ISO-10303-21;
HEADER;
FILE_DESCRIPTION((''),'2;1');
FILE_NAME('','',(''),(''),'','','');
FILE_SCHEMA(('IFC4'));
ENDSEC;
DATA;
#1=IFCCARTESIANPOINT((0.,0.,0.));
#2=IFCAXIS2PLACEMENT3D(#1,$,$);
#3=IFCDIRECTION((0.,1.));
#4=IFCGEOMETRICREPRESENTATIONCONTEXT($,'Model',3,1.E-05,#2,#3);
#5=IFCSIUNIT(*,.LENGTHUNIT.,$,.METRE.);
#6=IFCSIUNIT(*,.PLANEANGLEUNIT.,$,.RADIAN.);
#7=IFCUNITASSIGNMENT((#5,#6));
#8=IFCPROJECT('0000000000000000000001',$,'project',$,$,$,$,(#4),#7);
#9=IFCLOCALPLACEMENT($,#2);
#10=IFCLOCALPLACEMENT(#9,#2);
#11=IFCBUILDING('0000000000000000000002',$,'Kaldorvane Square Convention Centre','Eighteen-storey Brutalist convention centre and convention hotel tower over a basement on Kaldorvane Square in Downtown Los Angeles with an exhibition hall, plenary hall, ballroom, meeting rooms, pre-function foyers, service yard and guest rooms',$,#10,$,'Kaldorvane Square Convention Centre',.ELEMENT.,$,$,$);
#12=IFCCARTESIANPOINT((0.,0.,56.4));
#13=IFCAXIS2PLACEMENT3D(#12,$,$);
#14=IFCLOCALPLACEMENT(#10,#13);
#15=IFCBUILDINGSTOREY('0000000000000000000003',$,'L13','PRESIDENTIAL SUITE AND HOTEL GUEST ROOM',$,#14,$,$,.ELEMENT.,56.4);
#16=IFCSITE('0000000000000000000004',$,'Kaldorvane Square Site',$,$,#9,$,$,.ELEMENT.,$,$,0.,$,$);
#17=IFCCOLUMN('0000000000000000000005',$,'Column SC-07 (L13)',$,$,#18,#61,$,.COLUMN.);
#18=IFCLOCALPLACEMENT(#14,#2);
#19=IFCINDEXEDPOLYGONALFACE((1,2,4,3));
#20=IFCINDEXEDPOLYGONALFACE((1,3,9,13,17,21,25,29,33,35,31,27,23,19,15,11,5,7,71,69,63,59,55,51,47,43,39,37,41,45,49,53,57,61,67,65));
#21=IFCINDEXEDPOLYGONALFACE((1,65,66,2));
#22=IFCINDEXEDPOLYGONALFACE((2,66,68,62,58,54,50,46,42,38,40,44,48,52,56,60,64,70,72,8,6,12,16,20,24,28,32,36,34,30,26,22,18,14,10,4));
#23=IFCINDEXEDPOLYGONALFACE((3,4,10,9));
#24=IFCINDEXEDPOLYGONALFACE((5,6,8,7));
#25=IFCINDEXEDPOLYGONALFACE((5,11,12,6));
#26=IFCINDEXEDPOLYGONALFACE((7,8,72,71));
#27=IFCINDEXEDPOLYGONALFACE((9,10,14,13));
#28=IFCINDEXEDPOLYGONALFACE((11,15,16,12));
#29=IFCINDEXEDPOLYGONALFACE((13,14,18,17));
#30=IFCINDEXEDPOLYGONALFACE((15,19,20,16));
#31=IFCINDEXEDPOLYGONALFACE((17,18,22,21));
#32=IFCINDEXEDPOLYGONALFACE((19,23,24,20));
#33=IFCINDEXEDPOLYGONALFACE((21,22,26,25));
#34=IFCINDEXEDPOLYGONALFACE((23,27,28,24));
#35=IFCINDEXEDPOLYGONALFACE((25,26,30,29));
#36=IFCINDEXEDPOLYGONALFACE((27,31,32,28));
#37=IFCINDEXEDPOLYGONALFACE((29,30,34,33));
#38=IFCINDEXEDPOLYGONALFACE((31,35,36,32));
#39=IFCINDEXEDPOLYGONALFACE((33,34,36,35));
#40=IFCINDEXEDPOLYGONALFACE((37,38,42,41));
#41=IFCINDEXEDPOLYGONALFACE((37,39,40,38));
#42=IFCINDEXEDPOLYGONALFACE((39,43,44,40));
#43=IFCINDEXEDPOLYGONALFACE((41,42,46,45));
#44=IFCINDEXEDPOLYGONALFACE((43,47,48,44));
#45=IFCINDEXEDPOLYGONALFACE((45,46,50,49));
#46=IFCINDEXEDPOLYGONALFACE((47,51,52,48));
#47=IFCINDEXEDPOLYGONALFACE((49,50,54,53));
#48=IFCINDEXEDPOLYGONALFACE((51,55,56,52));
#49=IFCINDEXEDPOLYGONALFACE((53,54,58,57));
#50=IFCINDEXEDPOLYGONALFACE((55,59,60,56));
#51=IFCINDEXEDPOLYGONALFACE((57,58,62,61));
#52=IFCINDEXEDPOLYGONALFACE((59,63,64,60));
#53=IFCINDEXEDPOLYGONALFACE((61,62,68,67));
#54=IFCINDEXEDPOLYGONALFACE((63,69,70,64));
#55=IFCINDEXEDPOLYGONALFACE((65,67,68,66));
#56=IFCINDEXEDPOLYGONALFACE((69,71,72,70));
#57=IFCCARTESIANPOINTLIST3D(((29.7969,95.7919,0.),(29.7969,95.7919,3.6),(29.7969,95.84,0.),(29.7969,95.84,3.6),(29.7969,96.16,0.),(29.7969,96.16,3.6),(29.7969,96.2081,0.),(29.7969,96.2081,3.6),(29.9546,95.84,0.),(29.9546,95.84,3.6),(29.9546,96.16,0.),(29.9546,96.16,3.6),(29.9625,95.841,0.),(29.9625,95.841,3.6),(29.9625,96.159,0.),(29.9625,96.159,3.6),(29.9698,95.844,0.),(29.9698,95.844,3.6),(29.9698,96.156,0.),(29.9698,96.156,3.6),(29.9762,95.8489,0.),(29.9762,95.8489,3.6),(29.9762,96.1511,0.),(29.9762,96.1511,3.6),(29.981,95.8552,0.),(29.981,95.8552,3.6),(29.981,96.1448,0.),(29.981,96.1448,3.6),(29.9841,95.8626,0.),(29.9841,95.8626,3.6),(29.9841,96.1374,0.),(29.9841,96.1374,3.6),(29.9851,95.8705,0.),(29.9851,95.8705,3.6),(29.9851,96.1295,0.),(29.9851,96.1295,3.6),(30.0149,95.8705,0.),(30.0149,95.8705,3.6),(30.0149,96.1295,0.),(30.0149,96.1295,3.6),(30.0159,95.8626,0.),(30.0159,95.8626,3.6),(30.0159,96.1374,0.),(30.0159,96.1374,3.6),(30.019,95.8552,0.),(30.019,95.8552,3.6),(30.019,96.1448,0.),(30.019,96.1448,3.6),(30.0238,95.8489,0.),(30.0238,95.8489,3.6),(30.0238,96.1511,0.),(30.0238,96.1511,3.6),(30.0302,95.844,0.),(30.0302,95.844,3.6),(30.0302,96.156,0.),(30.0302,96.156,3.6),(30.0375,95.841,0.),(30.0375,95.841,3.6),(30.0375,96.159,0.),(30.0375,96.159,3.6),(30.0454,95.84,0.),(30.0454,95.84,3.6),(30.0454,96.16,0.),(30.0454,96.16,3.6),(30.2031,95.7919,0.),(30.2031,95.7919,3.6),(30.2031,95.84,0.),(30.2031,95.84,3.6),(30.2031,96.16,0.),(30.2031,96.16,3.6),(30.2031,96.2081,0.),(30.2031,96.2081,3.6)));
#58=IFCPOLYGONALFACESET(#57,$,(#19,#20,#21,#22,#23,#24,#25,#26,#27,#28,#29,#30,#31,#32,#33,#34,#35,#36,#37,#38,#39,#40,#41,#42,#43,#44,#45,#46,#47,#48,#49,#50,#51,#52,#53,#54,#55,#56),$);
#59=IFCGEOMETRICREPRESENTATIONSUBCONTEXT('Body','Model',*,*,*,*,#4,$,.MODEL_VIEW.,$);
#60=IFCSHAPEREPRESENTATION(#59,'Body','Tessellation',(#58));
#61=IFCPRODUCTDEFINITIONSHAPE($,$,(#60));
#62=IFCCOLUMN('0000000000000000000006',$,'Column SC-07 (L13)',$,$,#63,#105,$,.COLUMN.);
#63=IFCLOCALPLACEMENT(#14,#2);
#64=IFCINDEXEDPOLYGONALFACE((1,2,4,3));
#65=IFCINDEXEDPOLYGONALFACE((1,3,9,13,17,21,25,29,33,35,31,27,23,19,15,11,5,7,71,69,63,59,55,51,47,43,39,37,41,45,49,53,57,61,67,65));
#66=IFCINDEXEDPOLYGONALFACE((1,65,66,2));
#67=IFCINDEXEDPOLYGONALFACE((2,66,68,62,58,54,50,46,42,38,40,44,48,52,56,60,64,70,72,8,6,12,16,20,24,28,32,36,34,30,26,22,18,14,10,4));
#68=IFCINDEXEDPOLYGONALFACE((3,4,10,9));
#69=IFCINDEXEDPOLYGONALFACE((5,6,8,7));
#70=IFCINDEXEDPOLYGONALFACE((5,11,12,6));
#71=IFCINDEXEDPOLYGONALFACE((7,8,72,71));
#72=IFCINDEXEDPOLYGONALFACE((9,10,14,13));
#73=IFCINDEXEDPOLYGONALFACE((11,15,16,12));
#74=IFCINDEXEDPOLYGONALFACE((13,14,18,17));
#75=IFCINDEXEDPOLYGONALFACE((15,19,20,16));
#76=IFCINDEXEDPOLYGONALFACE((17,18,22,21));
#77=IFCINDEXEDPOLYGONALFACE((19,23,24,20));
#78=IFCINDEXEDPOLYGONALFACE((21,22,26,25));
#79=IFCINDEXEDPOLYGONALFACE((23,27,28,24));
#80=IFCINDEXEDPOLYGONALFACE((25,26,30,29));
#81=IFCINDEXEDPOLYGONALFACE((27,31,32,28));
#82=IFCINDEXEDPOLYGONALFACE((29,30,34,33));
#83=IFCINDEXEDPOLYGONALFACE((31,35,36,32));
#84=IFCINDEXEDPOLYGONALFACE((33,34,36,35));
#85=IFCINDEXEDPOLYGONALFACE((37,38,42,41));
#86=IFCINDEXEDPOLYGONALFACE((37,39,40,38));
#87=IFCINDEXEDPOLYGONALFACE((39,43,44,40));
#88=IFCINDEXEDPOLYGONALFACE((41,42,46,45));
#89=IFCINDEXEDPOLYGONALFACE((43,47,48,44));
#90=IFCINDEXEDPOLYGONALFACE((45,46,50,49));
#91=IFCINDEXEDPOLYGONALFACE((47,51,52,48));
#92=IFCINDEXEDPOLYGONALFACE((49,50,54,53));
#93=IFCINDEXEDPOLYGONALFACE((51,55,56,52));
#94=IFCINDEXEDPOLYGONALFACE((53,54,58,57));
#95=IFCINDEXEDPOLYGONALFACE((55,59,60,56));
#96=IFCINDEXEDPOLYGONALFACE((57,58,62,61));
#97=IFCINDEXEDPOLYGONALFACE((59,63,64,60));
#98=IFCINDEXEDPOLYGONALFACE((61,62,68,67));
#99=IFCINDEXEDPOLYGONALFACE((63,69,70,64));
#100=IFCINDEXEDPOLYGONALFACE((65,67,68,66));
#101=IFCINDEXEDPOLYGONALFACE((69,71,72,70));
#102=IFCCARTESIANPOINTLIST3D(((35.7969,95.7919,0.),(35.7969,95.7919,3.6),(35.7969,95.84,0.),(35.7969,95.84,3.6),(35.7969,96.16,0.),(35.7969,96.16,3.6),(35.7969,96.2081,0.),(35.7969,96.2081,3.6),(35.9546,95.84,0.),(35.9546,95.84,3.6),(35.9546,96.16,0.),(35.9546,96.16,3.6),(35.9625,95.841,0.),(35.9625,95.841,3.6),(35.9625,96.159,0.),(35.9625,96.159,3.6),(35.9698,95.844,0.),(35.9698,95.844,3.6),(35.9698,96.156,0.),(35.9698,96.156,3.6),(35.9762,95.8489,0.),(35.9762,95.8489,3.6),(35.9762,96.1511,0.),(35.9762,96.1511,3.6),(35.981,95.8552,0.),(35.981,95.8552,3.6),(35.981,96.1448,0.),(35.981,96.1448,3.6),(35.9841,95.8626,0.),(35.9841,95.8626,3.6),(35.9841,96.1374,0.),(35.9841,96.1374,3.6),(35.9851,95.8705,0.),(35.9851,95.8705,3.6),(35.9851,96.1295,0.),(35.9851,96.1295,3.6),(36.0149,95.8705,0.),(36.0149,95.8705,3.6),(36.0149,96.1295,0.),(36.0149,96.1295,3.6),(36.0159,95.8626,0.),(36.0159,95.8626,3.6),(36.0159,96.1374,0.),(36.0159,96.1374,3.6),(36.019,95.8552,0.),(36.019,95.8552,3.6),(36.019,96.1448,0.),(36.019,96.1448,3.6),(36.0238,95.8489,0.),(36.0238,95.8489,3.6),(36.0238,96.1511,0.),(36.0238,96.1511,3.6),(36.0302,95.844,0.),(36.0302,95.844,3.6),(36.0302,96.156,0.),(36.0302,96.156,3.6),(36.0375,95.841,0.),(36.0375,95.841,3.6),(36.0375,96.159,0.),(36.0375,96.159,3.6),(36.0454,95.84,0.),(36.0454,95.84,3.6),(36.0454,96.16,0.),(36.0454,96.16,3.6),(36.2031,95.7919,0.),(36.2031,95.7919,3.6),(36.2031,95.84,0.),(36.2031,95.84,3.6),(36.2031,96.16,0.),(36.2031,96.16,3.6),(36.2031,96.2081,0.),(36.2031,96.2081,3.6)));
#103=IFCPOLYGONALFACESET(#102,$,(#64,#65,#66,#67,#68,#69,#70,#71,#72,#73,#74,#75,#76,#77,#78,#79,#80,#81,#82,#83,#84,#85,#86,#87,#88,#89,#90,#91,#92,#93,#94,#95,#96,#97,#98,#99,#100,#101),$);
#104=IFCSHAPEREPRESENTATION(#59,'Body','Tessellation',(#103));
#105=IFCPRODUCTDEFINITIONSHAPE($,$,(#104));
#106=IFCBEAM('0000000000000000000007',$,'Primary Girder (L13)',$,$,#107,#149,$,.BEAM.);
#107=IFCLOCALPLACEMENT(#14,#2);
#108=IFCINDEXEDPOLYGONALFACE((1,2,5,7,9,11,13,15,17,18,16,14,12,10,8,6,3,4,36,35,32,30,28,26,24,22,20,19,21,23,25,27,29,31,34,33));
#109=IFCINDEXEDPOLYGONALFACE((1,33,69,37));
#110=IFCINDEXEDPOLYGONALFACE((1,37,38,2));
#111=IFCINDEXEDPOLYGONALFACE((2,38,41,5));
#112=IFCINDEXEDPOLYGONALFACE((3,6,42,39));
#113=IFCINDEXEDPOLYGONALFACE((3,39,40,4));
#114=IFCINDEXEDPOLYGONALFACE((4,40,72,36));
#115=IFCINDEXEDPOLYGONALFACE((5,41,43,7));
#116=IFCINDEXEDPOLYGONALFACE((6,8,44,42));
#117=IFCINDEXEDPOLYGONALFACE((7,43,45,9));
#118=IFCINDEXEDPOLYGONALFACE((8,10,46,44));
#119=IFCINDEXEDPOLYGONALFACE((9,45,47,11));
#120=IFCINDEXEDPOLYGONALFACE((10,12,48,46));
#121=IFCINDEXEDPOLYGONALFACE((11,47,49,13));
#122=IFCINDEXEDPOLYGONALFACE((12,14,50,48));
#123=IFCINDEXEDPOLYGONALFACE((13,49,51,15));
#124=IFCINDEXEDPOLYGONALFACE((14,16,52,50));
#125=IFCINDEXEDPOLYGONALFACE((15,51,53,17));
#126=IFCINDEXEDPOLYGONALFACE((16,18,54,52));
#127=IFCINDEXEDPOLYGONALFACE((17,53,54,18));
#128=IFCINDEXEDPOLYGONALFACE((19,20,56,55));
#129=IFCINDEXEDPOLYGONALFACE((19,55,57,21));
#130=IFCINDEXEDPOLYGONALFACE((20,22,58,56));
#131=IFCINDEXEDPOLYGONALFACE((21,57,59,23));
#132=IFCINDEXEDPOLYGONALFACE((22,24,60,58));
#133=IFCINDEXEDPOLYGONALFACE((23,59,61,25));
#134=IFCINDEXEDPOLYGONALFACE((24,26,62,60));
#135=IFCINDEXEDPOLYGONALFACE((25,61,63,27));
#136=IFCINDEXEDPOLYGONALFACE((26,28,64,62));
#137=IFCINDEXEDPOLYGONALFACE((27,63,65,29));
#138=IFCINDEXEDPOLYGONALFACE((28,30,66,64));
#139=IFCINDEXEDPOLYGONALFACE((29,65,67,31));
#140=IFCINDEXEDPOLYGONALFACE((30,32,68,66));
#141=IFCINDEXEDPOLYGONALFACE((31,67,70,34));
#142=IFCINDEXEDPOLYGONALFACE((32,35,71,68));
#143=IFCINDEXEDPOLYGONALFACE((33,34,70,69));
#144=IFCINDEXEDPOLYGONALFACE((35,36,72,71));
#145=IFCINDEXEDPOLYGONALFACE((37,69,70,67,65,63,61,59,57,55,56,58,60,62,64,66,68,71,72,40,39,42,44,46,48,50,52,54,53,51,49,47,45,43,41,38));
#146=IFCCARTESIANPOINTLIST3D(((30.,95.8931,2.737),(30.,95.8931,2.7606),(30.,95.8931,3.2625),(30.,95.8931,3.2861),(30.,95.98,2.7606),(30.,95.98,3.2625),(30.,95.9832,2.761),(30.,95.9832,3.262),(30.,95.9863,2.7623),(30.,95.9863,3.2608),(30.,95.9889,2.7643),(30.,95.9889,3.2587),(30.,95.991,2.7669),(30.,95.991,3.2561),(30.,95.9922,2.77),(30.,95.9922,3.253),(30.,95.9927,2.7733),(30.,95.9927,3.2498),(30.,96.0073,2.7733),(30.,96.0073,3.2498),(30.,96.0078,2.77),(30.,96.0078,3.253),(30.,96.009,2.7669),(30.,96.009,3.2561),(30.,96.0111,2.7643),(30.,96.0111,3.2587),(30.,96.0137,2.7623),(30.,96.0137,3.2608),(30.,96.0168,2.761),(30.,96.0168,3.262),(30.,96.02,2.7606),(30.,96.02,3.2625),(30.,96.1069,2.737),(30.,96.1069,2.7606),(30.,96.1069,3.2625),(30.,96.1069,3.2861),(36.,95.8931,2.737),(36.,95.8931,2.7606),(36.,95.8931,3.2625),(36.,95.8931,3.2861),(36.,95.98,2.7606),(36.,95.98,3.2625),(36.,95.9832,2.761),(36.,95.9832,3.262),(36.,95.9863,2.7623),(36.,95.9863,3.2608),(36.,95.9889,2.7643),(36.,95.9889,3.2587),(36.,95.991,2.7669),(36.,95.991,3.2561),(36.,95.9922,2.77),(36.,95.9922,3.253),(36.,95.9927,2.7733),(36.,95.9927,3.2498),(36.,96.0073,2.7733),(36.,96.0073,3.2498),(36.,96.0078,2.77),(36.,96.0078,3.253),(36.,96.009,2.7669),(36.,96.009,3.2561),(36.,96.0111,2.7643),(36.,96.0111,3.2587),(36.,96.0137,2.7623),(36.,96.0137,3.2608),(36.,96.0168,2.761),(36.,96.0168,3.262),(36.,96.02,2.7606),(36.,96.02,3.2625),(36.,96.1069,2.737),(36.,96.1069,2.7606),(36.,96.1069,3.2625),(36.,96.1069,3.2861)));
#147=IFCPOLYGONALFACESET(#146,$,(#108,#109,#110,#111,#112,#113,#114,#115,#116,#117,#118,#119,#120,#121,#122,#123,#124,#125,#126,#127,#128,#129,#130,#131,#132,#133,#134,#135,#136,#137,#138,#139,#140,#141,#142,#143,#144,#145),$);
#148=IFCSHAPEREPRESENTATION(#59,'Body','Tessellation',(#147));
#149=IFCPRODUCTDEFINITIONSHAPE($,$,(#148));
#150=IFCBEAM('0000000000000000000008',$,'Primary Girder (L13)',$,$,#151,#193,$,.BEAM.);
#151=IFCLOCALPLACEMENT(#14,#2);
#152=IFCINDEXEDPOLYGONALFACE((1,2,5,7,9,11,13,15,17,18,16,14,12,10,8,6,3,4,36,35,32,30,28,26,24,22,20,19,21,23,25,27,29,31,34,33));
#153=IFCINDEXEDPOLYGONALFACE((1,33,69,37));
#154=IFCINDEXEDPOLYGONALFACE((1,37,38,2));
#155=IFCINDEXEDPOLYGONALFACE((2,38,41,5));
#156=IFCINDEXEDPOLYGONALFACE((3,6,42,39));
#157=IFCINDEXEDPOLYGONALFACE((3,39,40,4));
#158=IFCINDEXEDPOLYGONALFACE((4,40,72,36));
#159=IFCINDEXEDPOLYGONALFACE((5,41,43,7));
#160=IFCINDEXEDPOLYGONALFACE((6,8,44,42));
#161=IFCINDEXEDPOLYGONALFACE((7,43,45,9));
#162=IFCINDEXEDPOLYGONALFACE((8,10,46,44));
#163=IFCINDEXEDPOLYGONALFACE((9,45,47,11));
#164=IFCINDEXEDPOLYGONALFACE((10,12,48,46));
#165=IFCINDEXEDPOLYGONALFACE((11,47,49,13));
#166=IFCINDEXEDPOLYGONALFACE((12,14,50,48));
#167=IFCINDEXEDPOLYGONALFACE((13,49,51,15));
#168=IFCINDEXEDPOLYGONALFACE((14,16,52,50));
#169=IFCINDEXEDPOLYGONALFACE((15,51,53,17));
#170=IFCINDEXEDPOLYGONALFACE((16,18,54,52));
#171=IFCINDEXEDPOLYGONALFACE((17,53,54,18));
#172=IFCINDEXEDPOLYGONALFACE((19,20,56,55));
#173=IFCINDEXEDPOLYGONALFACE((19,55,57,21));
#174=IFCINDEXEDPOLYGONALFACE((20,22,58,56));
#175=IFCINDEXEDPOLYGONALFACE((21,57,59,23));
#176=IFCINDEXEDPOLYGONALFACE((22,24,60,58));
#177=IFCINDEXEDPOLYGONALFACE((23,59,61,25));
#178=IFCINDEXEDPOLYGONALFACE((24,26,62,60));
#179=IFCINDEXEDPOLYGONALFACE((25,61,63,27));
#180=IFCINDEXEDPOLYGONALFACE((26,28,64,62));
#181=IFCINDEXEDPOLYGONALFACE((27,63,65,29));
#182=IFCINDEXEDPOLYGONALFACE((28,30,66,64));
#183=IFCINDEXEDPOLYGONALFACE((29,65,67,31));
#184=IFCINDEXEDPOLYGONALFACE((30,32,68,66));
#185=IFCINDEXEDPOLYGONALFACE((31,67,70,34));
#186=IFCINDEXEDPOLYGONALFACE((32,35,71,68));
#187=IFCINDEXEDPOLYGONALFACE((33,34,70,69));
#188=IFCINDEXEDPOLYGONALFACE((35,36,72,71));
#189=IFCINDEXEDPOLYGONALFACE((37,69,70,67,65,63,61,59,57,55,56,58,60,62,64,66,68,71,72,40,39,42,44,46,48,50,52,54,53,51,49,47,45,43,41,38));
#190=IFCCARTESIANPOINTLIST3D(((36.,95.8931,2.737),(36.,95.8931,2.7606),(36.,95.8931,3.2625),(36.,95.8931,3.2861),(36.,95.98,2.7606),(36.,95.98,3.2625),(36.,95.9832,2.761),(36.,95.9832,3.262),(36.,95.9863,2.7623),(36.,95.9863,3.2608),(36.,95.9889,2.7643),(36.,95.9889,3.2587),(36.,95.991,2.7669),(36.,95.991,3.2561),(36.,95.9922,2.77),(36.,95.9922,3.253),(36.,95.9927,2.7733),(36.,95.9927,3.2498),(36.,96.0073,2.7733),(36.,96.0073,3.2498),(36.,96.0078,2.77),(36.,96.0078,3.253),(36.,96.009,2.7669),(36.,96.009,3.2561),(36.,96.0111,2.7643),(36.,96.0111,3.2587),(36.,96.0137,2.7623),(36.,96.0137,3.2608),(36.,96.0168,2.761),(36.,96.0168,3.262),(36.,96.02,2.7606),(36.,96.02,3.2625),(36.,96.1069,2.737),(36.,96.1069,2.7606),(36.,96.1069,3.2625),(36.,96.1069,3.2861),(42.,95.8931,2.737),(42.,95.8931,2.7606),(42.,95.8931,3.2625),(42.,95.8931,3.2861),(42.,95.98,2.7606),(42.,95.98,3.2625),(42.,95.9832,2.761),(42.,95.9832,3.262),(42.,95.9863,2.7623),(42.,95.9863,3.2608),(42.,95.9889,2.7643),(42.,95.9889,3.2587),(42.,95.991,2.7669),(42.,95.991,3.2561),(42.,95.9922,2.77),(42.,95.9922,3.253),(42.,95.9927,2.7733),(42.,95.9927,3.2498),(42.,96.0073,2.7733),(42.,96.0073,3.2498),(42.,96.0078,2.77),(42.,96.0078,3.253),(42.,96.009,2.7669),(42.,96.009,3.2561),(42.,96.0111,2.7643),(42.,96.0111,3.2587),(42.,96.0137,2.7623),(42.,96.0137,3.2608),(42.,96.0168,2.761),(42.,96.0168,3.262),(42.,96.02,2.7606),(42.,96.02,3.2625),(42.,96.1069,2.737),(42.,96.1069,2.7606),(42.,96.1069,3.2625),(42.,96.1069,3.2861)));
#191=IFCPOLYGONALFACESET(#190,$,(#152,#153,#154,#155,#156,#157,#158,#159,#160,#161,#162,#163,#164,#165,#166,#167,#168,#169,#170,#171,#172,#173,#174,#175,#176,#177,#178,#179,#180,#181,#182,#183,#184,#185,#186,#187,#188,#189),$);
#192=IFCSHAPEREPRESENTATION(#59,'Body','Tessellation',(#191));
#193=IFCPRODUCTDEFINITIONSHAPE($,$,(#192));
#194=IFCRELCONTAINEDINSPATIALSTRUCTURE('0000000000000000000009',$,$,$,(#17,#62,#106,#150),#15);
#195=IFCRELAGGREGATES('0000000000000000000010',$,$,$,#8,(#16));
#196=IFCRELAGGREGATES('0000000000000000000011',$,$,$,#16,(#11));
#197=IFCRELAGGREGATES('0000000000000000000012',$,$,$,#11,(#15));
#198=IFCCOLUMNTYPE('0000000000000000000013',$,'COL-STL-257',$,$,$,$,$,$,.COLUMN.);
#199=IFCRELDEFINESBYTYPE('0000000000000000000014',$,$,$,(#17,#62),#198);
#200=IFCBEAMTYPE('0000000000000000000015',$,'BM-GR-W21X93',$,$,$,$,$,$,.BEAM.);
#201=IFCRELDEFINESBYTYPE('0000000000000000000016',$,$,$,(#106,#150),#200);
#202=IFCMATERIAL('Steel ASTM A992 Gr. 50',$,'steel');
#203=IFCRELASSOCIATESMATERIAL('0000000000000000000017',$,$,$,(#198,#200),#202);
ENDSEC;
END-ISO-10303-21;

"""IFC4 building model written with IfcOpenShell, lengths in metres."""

from ifc_helpers import new_model, si_unit, direction, frame, origin, origin_2d, place, context, subcontext, project, spatial, i_section, extrude, material, material_profile, profile_set, type_object, element, save


model = new_model("IFC4")

# Units and contexts
model_context = context("Model", 3, precision=1e-05, world=origin(), true_north=direction((0.0, 1.0)))
body_context = subcontext(model_context, "Body", "Model", "MODEL_VIEW")
ifc_project = project(units=[si_unit("LENGTHUNIT", "METRE"), si_unit("PLANEANGLEUNIT", "RADIAN")], contexts=[model_context])

# Site, building, storey
site_placement = place(None, origin())
site = spatial("IfcSite", under=ifc_project, at=site_placement, Name="Kaldorvane Square Site", CompositionType="ELEMENT", RefElevation=0.0)
building_placement = place(site_placement, origin())
building = spatial("IfcBuilding", under=site, at=building_placement, Name="Kaldorvane Square Convention Centre", Description="Eighteen-storey Brutalist convention centre and convention hotel tower over a basement on Kaldorvane Square in Downtown Los Angeles with an exhibition hall, plenary hall, ballroom, meeting rooms, pre-function foyers, service yard and guest rooms", LongName="Kaldorvane Square Convention Centre", CompositionType="ELEMENT")
storey_placement = place(building_placement, frame((0.0, 0.0, 56.4)))
storey = spatial("IfcBuildingStorey", under=building, at=storey_placement, Name="L13", Description="PRESIDENTIAL SUITE AND HOTEL GUEST ROOM", CompositionType="ELEMENT", Elevation=56.4)

# Columns
ifc_material_1 = material(Name="Steel ASTM A992 Gr. 50", Category="steel")
ifc_material_profile_1 = material_profile(ifc_material_1, i_section(OverallWidth=0.4063, OverallDepth=0.4161, WebThickness=0.0298, FlangeThickness=0.048, FilletRadius=0.0305, at=origin_2d()), Name="W14X257")
ifc_profile_set_1 = profile_set([ifc_material_profile_1], Name="Steel ASTM A992 Gr. 50")
column_type = type_object("IfcColumnType", Name="COL-STL-257", PredefinedType="COLUMN", material=ifc_profile_set_1)
for number, where, z_axis, x_axis, name in (
    (1, (30.0, 96.0, 0.0), (0.0, 0.0, 1.0), (1.0, 0.0, 0.0), "Column SC-07 (L13)"),
    (2, (36.0, 96.0, 0.0), (0.0, 0.0, 1.0), (1.0, 0.0, 0.0), "Column SC-07 (L13)"),
):
    element("IfcColumn", number, at=place(storey_placement, frame(where, z_axis=z_axis, x_axis=x_axis)), inside=storey, type_object=column_type, Name=name, PredefinedType="COLUMN", context=body_context, shape_type="SweptSolid", body=[
        extrude(i_section(OverallWidth=0.4063, OverallDepth=0.4161, WebThickness=0.0298, FlangeThickness=0.048, FilletRadius=0.0305, at=origin_2d()), origin(), (0.0, 0.0, 1.0), 3.6),
    ])

# Beams
ifc_material_profile_2 = material_profile(ifc_material_1, i_section(OverallWidth=0.2139, OverallDepth=0.5491, WebThickness=0.0147, FlangeThickness=0.0236, FilletRadius=0.0127, at=origin_2d()), Name="W21X93")
ifc_profile_set_2 = profile_set([ifc_material_profile_2], Name="Steel ASTM A992 Gr. 50")
beam_type_1 = type_object("IfcBeamType", Name="BM-GR-W21X93", PredefinedType="BEAM", material=ifc_profile_set_2)
for number, where, z_axis, x_axis, name in (
    (3, (30.0, 96.0, 3.0115), (1.0, 0.0, 0.0), (0.0, 1.0, 0.0), "Primary Girder (L13)"),
    (4, (36.0, 96.0, 3.0115), (1.0, 0.0, 0.0), (0.0, 1.0, 0.0), "Primary Girder (L13)"),
):
    element("IfcBeam", number, at=place(storey_placement, frame(where, z_axis=z_axis, x_axis=x_axis)), inside=storey, type_object=beam_type_1, Name=name, PredefinedType="BEAM", context=body_context, shape_type="SweptSolid", body=[
        extrude(i_section(OverallWidth=0.2139, OverallDepth=0.5491, WebThickness=0.0147, FlangeThickness=0.0236, FilletRadius=0.0127, at=origin_2d()), origin(), (0.0, 0.0, 1.0), 6.0),
    ])

save(model, "model.ifc")
